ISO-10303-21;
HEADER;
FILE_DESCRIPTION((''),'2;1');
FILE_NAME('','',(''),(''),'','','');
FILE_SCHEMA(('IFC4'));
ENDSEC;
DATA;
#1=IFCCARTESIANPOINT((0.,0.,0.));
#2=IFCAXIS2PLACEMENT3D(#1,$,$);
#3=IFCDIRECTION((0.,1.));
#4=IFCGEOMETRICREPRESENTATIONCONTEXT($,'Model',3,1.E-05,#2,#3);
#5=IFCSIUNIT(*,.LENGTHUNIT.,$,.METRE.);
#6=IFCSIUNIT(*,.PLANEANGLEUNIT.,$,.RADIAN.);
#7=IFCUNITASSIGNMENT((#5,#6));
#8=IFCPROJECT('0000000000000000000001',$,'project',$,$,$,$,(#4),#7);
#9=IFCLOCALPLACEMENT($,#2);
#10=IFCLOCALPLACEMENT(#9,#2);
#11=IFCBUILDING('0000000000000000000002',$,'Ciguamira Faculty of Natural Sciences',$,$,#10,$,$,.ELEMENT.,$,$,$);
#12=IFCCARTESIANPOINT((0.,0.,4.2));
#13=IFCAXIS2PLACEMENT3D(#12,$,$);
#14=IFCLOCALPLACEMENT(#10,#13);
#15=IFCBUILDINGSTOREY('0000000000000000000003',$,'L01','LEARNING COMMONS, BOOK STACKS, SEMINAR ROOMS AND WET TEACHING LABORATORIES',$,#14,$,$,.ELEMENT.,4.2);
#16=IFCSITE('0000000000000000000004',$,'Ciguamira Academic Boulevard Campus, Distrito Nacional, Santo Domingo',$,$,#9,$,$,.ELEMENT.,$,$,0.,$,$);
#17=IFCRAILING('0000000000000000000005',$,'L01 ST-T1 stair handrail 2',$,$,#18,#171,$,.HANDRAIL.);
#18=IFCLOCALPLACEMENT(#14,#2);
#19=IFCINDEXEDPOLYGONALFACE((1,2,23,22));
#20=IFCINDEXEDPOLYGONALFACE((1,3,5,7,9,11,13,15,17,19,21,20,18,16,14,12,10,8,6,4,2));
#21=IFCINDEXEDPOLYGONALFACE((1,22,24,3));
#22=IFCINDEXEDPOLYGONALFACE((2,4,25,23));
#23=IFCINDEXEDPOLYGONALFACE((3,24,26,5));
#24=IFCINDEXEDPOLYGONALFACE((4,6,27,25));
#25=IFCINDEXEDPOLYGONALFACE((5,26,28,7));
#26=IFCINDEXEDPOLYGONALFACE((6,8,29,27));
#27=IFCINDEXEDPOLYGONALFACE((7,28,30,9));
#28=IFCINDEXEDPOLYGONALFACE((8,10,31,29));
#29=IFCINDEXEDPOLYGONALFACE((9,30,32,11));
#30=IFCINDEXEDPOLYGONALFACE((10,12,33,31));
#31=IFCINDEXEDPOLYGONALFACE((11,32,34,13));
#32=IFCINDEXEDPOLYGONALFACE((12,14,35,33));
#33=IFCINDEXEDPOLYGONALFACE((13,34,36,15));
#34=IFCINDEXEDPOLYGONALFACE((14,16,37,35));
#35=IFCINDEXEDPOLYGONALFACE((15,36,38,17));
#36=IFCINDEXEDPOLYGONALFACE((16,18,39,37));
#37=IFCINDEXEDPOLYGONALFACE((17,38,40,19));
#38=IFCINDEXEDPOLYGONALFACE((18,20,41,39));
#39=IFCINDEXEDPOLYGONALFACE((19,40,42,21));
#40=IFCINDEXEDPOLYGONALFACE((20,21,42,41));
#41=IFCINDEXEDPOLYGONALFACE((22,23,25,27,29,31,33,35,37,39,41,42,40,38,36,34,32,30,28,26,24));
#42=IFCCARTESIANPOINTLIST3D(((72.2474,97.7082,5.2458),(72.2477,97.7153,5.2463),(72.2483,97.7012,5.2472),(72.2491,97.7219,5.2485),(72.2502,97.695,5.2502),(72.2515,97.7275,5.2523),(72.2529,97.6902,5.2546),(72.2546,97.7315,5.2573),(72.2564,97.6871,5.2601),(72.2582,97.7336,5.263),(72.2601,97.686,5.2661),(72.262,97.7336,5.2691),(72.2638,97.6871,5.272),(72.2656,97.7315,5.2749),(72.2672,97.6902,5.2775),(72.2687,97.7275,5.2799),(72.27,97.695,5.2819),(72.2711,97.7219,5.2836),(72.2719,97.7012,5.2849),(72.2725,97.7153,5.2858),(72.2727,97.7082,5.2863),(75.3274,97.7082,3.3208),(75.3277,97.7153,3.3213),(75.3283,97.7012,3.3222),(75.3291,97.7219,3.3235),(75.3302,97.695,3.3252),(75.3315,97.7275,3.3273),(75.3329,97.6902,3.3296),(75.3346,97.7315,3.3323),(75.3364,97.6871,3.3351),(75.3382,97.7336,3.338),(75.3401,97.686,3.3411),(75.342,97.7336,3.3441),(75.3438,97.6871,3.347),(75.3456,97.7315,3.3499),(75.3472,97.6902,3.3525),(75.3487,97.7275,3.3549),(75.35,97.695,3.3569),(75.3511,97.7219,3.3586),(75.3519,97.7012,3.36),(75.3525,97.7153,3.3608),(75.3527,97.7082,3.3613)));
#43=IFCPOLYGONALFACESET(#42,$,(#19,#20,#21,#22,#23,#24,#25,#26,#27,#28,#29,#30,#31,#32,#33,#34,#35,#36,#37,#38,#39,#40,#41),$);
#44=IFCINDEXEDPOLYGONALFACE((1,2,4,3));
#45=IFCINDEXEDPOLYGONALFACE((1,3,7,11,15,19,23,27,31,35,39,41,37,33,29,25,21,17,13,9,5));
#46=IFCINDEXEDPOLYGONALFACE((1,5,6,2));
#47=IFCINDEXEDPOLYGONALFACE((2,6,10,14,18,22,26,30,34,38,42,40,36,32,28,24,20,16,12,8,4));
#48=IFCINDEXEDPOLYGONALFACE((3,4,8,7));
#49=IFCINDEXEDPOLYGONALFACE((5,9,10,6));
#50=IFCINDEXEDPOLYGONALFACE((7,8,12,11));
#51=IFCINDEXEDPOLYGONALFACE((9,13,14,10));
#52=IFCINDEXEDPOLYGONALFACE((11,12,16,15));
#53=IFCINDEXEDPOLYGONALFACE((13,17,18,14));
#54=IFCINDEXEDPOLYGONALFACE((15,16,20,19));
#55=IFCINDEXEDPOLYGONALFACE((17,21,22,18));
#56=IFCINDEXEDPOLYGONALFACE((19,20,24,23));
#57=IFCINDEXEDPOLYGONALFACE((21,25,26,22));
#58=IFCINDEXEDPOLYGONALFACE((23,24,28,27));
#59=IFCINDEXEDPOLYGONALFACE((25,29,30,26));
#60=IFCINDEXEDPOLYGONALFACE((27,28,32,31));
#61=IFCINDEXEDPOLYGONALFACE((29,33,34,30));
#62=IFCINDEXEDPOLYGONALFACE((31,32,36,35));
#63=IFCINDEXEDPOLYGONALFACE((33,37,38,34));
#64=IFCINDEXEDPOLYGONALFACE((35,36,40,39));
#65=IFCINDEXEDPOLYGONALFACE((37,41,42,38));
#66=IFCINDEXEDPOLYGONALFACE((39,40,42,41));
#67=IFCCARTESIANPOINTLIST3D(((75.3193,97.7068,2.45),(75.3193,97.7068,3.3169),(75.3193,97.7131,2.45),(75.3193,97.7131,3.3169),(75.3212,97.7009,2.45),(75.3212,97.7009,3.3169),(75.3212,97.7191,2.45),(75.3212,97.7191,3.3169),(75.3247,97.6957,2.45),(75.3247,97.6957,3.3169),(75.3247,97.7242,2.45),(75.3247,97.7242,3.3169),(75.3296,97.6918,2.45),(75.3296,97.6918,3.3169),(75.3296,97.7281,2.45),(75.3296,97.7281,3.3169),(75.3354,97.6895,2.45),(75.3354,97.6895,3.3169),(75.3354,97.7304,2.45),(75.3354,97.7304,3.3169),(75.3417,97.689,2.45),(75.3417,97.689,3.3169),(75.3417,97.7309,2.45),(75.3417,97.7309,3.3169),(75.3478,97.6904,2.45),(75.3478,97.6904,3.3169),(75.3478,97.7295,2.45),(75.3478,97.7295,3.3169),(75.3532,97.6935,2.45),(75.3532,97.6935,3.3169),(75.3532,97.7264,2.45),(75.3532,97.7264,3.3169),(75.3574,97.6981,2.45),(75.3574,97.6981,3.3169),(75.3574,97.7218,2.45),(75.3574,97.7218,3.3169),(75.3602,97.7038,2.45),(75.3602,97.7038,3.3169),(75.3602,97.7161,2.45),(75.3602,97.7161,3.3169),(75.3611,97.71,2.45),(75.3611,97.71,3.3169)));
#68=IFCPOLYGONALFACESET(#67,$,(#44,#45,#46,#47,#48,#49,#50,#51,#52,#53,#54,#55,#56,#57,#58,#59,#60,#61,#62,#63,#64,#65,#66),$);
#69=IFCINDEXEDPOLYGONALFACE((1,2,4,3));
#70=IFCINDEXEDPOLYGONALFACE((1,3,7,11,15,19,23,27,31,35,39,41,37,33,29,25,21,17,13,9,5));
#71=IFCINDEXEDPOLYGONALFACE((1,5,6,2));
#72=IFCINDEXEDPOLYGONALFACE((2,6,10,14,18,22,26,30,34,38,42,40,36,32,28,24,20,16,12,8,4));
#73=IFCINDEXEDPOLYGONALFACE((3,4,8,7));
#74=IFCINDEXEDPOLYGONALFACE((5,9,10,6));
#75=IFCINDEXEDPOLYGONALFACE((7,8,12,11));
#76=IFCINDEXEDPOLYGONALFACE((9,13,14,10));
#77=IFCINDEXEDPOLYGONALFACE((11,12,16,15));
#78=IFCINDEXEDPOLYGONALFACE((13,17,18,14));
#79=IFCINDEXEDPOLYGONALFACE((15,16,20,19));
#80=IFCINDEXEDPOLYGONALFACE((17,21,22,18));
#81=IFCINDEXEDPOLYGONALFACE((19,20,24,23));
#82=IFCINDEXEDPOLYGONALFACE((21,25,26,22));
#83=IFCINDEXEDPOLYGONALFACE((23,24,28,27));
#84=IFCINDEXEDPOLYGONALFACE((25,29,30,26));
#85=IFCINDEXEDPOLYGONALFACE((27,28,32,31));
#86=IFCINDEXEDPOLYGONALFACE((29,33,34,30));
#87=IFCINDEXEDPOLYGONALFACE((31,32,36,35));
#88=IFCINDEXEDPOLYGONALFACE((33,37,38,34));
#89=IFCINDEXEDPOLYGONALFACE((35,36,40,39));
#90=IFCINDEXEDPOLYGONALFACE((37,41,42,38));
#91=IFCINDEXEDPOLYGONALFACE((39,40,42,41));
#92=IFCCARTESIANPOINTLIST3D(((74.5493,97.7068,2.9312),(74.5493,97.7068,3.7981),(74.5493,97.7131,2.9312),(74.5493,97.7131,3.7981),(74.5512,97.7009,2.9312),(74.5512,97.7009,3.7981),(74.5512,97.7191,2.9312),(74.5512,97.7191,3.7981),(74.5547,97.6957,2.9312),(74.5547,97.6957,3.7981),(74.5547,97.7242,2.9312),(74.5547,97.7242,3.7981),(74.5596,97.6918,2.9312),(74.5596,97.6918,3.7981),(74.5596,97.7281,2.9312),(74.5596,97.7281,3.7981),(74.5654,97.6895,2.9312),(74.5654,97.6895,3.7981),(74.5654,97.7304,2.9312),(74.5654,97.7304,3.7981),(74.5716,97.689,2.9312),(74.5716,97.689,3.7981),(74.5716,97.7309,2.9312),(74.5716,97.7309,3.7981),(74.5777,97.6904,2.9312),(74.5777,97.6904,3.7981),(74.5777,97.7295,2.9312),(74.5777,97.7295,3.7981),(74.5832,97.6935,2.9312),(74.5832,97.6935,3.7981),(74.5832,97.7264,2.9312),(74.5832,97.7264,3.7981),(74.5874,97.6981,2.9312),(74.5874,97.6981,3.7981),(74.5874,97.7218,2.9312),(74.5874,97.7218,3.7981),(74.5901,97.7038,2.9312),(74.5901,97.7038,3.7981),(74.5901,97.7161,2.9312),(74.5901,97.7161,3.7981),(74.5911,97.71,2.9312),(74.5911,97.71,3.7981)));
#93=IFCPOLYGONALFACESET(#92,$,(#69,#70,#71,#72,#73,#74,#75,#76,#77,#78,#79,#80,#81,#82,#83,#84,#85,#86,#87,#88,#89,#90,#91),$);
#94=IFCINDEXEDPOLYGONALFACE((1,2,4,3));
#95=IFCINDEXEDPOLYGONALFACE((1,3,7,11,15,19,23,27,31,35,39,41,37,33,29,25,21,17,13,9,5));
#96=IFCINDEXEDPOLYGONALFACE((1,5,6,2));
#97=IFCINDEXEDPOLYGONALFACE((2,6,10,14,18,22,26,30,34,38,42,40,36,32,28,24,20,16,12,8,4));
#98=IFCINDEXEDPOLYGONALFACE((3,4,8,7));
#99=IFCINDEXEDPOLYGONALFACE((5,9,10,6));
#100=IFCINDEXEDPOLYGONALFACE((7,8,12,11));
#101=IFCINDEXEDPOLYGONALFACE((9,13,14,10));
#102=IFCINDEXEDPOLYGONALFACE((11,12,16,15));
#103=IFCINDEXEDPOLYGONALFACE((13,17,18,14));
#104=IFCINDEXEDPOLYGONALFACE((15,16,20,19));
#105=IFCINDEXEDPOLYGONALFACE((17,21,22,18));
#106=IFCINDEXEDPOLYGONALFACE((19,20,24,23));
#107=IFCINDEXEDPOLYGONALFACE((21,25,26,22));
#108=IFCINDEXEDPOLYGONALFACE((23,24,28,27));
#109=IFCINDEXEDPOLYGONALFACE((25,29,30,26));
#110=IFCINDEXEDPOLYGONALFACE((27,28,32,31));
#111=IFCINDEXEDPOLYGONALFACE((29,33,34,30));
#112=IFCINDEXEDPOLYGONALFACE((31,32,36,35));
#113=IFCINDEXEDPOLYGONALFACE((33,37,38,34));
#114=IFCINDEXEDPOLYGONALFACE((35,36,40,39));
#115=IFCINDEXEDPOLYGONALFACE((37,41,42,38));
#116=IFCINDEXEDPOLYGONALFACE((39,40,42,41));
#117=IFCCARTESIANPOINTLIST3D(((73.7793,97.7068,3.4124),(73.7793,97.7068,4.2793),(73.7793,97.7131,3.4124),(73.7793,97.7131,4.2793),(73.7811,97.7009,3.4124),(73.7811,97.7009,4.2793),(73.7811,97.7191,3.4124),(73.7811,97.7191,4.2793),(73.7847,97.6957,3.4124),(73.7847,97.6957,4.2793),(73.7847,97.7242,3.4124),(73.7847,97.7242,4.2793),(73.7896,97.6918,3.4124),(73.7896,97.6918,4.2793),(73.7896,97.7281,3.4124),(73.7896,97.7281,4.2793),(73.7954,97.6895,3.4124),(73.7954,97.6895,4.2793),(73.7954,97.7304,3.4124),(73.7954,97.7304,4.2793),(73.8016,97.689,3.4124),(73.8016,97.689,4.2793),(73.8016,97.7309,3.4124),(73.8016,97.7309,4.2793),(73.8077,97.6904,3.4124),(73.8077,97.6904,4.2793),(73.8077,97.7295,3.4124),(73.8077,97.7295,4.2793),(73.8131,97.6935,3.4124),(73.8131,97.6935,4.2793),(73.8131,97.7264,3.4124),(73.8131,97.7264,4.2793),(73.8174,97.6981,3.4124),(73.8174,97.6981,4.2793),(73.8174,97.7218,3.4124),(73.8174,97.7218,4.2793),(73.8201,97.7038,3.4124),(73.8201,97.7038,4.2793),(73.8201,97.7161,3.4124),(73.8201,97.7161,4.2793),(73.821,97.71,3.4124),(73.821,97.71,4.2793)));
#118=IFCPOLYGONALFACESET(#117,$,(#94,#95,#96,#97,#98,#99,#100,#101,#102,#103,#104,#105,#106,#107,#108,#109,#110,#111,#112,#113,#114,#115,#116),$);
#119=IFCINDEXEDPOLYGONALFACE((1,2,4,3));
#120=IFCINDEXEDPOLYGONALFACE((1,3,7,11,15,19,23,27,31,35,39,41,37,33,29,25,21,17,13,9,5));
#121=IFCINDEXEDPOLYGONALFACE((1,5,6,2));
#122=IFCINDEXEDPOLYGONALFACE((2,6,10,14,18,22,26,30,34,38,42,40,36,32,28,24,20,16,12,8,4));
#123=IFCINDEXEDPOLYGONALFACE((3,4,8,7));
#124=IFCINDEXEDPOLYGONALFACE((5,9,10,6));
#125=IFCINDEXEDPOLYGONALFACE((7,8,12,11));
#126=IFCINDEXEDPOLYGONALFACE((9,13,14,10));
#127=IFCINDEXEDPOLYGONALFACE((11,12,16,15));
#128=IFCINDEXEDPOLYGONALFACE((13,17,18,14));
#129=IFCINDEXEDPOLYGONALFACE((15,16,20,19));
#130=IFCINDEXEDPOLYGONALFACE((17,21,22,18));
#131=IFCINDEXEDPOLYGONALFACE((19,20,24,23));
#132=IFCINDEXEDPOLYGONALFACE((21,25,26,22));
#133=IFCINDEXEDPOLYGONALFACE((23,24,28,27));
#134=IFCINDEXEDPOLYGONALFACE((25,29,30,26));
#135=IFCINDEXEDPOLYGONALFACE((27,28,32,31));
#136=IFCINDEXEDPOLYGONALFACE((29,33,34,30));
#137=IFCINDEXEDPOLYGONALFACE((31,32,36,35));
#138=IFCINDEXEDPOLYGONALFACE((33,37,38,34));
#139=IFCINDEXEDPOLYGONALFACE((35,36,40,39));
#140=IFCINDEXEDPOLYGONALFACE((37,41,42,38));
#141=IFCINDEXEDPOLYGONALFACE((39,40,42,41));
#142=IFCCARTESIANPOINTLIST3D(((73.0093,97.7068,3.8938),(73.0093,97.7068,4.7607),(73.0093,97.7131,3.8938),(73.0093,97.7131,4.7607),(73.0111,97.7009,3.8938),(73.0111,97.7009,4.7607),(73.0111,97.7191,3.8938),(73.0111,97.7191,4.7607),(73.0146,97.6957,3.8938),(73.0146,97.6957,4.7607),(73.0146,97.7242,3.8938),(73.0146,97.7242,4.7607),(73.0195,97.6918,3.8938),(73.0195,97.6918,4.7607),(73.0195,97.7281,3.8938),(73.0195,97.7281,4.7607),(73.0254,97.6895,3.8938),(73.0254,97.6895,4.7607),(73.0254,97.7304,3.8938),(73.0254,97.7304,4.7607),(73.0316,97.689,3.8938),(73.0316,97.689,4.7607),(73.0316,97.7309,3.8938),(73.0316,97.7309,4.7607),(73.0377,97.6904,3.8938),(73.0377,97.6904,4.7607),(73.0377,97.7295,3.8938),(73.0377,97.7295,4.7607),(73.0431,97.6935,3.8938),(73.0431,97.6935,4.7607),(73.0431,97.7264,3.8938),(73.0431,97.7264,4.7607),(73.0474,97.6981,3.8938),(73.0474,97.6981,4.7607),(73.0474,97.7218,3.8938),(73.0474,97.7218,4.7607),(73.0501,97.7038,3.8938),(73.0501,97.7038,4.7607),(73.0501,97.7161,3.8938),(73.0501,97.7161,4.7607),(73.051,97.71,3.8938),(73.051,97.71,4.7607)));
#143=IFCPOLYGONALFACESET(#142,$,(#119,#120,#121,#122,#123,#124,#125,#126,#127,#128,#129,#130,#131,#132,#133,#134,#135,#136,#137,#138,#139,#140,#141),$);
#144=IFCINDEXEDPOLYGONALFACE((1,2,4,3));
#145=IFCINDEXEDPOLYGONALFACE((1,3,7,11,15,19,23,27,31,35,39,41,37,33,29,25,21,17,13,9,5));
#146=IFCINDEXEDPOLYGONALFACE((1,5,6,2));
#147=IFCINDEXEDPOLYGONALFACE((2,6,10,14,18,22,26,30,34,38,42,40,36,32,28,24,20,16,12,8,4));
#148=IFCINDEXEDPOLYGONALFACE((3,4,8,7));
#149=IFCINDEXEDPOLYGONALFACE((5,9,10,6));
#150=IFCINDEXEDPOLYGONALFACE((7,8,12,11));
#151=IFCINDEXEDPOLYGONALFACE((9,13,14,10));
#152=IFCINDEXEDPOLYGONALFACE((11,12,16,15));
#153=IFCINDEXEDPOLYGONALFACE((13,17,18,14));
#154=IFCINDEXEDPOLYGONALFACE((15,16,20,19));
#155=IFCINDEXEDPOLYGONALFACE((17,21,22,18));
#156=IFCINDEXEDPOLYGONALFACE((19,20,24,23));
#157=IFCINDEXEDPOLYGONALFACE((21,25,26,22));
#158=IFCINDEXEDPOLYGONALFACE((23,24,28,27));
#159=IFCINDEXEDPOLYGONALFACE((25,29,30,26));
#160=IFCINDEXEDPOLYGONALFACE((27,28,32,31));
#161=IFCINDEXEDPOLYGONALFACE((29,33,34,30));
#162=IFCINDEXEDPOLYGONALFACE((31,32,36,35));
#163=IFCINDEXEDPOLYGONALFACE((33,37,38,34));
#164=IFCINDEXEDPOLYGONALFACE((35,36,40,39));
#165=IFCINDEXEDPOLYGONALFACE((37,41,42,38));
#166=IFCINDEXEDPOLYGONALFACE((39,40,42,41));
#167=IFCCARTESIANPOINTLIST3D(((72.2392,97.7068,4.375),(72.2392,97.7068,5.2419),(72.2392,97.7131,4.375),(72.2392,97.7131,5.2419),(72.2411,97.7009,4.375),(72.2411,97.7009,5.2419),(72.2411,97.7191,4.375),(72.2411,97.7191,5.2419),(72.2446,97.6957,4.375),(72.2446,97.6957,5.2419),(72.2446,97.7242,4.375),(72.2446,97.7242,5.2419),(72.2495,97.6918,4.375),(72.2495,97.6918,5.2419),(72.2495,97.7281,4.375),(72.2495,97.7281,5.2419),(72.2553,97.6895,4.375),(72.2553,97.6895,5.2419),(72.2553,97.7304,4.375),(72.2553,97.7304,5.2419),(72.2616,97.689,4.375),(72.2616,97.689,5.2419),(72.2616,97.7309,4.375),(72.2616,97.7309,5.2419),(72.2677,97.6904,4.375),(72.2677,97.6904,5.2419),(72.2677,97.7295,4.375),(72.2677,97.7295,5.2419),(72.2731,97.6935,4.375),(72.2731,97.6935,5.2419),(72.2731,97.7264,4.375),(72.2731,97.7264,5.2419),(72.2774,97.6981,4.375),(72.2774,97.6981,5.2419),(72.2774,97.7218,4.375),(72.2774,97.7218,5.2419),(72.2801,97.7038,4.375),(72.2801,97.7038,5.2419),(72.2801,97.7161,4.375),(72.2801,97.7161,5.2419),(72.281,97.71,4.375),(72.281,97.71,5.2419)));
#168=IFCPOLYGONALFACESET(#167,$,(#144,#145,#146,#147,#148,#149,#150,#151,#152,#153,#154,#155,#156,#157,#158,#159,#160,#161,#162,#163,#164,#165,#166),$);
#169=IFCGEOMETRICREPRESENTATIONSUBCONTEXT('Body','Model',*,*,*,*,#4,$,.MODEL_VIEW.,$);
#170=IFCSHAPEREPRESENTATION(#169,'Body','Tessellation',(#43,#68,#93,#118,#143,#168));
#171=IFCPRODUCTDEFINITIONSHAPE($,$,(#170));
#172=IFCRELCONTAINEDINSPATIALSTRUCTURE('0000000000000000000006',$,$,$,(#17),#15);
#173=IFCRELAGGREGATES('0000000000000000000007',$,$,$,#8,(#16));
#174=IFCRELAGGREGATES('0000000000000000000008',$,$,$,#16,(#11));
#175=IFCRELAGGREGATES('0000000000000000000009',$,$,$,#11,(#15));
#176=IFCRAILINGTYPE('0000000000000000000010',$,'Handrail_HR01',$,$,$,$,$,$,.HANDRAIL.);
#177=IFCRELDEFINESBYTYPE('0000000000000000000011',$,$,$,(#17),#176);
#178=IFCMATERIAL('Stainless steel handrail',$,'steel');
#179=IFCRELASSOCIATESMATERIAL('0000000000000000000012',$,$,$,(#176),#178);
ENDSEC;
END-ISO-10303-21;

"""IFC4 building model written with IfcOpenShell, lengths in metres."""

from ifc_helpers import new_model, si_unit, direction, frame, origin, origin_2d, place, context, subcontext, project, spatial, circle, extrude, material, type_object, element, save


model = new_model("IFC4")

# Units and contexts
model_context = context("Model", 3, precision=1e-05, world=origin(), true_north=direction((0.0, 1.0)))
body_context = subcontext(model_context, "Body", "Model", "MODEL_VIEW")
ifc_project = project(units=[si_unit("LENGTHUNIT", "METRE"), si_unit("PLANEANGLEUNIT", "RADIAN")], contexts=[model_context])

# Site, building, storey
site_placement = place(None, origin())
site = spatial("IfcSite", under=ifc_project, at=site_placement, Name="Ciguamira Academic Boulevard Campus, Distrito Nacional, Santo Domingo", CompositionType="ELEMENT", RefElevation=0.0)
building_placement = place(site_placement, origin())
building = spatial("IfcBuilding", under=site, at=building_placement, Name="Ciguamira Faculty of Natural Sciences", CompositionType="ELEMENT")
storey_placement = place(building_placement, frame((0.0, 0.0, 4.2)))
storey = spatial("IfcBuildingStorey", under=building, at=storey_placement, Name="L01", Description="LEARNING COMMONS, BOOK STACKS, SEMINAR ROOMS AND WET TEACHING LABORATORIES", CompositionType="ELEMENT", Elevation=4.2)

# Railing
ifc_material_1 = material(Name="Stainless steel handrail", Category="steel")
railing_type = type_object("IfcRailingType", Name="Handrail_HR01", PredefinedType="HANDRAIL", material=ifc_material_1)
railing_placement = place(storey_placement, frame((75.3401, 97.71, 2.45)))
element("IfcRailing", 1, at=railing_placement, inside=storey, type_object=railing_type, Name="L01 ST-T1 stair handrail 2", PredefinedType="HANDRAIL", context=body_context, shape_type="SweptSolid", body=[
    extrude(circle(Radius=0.0239, at=origin_2d()), frame((0.0, 0.0, 0.8911), z_axis=(-0.847998, 0.0, 0.529999), x_axis=(0.0, -1.0, 0.0)), (0.0, 0.0, 1.0), 3.6321),
    extrude(circle(Radius=0.021, at=origin_2d()), origin(), (0.0, 0.0, 1.0), 0.8669),
    extrude(circle(Radius=0.021, at=origin_2d()), frame((-0.77, 0.0, 0.4812)), (0.0, 0.0, 1.0), 0.8669),
    extrude(circle(Radius=0.021, at=origin_2d()), frame((-1.54, 0.0, 0.9624)), (0.0, 0.0, 1.0), 0.8669),
    extrude(circle(Radius=0.021, at=origin_2d()), frame((-2.3101, 0.0, 1.4438)), (0.0, 0.0, 1.0), 0.8669),
    extrude(circle(Radius=0.021, at=origin_2d()), frame((-3.0801, 0.0, 1.925)), (0.0, 0.0, 1.0), 0.8669),
])

save(model, "model.ifc")
